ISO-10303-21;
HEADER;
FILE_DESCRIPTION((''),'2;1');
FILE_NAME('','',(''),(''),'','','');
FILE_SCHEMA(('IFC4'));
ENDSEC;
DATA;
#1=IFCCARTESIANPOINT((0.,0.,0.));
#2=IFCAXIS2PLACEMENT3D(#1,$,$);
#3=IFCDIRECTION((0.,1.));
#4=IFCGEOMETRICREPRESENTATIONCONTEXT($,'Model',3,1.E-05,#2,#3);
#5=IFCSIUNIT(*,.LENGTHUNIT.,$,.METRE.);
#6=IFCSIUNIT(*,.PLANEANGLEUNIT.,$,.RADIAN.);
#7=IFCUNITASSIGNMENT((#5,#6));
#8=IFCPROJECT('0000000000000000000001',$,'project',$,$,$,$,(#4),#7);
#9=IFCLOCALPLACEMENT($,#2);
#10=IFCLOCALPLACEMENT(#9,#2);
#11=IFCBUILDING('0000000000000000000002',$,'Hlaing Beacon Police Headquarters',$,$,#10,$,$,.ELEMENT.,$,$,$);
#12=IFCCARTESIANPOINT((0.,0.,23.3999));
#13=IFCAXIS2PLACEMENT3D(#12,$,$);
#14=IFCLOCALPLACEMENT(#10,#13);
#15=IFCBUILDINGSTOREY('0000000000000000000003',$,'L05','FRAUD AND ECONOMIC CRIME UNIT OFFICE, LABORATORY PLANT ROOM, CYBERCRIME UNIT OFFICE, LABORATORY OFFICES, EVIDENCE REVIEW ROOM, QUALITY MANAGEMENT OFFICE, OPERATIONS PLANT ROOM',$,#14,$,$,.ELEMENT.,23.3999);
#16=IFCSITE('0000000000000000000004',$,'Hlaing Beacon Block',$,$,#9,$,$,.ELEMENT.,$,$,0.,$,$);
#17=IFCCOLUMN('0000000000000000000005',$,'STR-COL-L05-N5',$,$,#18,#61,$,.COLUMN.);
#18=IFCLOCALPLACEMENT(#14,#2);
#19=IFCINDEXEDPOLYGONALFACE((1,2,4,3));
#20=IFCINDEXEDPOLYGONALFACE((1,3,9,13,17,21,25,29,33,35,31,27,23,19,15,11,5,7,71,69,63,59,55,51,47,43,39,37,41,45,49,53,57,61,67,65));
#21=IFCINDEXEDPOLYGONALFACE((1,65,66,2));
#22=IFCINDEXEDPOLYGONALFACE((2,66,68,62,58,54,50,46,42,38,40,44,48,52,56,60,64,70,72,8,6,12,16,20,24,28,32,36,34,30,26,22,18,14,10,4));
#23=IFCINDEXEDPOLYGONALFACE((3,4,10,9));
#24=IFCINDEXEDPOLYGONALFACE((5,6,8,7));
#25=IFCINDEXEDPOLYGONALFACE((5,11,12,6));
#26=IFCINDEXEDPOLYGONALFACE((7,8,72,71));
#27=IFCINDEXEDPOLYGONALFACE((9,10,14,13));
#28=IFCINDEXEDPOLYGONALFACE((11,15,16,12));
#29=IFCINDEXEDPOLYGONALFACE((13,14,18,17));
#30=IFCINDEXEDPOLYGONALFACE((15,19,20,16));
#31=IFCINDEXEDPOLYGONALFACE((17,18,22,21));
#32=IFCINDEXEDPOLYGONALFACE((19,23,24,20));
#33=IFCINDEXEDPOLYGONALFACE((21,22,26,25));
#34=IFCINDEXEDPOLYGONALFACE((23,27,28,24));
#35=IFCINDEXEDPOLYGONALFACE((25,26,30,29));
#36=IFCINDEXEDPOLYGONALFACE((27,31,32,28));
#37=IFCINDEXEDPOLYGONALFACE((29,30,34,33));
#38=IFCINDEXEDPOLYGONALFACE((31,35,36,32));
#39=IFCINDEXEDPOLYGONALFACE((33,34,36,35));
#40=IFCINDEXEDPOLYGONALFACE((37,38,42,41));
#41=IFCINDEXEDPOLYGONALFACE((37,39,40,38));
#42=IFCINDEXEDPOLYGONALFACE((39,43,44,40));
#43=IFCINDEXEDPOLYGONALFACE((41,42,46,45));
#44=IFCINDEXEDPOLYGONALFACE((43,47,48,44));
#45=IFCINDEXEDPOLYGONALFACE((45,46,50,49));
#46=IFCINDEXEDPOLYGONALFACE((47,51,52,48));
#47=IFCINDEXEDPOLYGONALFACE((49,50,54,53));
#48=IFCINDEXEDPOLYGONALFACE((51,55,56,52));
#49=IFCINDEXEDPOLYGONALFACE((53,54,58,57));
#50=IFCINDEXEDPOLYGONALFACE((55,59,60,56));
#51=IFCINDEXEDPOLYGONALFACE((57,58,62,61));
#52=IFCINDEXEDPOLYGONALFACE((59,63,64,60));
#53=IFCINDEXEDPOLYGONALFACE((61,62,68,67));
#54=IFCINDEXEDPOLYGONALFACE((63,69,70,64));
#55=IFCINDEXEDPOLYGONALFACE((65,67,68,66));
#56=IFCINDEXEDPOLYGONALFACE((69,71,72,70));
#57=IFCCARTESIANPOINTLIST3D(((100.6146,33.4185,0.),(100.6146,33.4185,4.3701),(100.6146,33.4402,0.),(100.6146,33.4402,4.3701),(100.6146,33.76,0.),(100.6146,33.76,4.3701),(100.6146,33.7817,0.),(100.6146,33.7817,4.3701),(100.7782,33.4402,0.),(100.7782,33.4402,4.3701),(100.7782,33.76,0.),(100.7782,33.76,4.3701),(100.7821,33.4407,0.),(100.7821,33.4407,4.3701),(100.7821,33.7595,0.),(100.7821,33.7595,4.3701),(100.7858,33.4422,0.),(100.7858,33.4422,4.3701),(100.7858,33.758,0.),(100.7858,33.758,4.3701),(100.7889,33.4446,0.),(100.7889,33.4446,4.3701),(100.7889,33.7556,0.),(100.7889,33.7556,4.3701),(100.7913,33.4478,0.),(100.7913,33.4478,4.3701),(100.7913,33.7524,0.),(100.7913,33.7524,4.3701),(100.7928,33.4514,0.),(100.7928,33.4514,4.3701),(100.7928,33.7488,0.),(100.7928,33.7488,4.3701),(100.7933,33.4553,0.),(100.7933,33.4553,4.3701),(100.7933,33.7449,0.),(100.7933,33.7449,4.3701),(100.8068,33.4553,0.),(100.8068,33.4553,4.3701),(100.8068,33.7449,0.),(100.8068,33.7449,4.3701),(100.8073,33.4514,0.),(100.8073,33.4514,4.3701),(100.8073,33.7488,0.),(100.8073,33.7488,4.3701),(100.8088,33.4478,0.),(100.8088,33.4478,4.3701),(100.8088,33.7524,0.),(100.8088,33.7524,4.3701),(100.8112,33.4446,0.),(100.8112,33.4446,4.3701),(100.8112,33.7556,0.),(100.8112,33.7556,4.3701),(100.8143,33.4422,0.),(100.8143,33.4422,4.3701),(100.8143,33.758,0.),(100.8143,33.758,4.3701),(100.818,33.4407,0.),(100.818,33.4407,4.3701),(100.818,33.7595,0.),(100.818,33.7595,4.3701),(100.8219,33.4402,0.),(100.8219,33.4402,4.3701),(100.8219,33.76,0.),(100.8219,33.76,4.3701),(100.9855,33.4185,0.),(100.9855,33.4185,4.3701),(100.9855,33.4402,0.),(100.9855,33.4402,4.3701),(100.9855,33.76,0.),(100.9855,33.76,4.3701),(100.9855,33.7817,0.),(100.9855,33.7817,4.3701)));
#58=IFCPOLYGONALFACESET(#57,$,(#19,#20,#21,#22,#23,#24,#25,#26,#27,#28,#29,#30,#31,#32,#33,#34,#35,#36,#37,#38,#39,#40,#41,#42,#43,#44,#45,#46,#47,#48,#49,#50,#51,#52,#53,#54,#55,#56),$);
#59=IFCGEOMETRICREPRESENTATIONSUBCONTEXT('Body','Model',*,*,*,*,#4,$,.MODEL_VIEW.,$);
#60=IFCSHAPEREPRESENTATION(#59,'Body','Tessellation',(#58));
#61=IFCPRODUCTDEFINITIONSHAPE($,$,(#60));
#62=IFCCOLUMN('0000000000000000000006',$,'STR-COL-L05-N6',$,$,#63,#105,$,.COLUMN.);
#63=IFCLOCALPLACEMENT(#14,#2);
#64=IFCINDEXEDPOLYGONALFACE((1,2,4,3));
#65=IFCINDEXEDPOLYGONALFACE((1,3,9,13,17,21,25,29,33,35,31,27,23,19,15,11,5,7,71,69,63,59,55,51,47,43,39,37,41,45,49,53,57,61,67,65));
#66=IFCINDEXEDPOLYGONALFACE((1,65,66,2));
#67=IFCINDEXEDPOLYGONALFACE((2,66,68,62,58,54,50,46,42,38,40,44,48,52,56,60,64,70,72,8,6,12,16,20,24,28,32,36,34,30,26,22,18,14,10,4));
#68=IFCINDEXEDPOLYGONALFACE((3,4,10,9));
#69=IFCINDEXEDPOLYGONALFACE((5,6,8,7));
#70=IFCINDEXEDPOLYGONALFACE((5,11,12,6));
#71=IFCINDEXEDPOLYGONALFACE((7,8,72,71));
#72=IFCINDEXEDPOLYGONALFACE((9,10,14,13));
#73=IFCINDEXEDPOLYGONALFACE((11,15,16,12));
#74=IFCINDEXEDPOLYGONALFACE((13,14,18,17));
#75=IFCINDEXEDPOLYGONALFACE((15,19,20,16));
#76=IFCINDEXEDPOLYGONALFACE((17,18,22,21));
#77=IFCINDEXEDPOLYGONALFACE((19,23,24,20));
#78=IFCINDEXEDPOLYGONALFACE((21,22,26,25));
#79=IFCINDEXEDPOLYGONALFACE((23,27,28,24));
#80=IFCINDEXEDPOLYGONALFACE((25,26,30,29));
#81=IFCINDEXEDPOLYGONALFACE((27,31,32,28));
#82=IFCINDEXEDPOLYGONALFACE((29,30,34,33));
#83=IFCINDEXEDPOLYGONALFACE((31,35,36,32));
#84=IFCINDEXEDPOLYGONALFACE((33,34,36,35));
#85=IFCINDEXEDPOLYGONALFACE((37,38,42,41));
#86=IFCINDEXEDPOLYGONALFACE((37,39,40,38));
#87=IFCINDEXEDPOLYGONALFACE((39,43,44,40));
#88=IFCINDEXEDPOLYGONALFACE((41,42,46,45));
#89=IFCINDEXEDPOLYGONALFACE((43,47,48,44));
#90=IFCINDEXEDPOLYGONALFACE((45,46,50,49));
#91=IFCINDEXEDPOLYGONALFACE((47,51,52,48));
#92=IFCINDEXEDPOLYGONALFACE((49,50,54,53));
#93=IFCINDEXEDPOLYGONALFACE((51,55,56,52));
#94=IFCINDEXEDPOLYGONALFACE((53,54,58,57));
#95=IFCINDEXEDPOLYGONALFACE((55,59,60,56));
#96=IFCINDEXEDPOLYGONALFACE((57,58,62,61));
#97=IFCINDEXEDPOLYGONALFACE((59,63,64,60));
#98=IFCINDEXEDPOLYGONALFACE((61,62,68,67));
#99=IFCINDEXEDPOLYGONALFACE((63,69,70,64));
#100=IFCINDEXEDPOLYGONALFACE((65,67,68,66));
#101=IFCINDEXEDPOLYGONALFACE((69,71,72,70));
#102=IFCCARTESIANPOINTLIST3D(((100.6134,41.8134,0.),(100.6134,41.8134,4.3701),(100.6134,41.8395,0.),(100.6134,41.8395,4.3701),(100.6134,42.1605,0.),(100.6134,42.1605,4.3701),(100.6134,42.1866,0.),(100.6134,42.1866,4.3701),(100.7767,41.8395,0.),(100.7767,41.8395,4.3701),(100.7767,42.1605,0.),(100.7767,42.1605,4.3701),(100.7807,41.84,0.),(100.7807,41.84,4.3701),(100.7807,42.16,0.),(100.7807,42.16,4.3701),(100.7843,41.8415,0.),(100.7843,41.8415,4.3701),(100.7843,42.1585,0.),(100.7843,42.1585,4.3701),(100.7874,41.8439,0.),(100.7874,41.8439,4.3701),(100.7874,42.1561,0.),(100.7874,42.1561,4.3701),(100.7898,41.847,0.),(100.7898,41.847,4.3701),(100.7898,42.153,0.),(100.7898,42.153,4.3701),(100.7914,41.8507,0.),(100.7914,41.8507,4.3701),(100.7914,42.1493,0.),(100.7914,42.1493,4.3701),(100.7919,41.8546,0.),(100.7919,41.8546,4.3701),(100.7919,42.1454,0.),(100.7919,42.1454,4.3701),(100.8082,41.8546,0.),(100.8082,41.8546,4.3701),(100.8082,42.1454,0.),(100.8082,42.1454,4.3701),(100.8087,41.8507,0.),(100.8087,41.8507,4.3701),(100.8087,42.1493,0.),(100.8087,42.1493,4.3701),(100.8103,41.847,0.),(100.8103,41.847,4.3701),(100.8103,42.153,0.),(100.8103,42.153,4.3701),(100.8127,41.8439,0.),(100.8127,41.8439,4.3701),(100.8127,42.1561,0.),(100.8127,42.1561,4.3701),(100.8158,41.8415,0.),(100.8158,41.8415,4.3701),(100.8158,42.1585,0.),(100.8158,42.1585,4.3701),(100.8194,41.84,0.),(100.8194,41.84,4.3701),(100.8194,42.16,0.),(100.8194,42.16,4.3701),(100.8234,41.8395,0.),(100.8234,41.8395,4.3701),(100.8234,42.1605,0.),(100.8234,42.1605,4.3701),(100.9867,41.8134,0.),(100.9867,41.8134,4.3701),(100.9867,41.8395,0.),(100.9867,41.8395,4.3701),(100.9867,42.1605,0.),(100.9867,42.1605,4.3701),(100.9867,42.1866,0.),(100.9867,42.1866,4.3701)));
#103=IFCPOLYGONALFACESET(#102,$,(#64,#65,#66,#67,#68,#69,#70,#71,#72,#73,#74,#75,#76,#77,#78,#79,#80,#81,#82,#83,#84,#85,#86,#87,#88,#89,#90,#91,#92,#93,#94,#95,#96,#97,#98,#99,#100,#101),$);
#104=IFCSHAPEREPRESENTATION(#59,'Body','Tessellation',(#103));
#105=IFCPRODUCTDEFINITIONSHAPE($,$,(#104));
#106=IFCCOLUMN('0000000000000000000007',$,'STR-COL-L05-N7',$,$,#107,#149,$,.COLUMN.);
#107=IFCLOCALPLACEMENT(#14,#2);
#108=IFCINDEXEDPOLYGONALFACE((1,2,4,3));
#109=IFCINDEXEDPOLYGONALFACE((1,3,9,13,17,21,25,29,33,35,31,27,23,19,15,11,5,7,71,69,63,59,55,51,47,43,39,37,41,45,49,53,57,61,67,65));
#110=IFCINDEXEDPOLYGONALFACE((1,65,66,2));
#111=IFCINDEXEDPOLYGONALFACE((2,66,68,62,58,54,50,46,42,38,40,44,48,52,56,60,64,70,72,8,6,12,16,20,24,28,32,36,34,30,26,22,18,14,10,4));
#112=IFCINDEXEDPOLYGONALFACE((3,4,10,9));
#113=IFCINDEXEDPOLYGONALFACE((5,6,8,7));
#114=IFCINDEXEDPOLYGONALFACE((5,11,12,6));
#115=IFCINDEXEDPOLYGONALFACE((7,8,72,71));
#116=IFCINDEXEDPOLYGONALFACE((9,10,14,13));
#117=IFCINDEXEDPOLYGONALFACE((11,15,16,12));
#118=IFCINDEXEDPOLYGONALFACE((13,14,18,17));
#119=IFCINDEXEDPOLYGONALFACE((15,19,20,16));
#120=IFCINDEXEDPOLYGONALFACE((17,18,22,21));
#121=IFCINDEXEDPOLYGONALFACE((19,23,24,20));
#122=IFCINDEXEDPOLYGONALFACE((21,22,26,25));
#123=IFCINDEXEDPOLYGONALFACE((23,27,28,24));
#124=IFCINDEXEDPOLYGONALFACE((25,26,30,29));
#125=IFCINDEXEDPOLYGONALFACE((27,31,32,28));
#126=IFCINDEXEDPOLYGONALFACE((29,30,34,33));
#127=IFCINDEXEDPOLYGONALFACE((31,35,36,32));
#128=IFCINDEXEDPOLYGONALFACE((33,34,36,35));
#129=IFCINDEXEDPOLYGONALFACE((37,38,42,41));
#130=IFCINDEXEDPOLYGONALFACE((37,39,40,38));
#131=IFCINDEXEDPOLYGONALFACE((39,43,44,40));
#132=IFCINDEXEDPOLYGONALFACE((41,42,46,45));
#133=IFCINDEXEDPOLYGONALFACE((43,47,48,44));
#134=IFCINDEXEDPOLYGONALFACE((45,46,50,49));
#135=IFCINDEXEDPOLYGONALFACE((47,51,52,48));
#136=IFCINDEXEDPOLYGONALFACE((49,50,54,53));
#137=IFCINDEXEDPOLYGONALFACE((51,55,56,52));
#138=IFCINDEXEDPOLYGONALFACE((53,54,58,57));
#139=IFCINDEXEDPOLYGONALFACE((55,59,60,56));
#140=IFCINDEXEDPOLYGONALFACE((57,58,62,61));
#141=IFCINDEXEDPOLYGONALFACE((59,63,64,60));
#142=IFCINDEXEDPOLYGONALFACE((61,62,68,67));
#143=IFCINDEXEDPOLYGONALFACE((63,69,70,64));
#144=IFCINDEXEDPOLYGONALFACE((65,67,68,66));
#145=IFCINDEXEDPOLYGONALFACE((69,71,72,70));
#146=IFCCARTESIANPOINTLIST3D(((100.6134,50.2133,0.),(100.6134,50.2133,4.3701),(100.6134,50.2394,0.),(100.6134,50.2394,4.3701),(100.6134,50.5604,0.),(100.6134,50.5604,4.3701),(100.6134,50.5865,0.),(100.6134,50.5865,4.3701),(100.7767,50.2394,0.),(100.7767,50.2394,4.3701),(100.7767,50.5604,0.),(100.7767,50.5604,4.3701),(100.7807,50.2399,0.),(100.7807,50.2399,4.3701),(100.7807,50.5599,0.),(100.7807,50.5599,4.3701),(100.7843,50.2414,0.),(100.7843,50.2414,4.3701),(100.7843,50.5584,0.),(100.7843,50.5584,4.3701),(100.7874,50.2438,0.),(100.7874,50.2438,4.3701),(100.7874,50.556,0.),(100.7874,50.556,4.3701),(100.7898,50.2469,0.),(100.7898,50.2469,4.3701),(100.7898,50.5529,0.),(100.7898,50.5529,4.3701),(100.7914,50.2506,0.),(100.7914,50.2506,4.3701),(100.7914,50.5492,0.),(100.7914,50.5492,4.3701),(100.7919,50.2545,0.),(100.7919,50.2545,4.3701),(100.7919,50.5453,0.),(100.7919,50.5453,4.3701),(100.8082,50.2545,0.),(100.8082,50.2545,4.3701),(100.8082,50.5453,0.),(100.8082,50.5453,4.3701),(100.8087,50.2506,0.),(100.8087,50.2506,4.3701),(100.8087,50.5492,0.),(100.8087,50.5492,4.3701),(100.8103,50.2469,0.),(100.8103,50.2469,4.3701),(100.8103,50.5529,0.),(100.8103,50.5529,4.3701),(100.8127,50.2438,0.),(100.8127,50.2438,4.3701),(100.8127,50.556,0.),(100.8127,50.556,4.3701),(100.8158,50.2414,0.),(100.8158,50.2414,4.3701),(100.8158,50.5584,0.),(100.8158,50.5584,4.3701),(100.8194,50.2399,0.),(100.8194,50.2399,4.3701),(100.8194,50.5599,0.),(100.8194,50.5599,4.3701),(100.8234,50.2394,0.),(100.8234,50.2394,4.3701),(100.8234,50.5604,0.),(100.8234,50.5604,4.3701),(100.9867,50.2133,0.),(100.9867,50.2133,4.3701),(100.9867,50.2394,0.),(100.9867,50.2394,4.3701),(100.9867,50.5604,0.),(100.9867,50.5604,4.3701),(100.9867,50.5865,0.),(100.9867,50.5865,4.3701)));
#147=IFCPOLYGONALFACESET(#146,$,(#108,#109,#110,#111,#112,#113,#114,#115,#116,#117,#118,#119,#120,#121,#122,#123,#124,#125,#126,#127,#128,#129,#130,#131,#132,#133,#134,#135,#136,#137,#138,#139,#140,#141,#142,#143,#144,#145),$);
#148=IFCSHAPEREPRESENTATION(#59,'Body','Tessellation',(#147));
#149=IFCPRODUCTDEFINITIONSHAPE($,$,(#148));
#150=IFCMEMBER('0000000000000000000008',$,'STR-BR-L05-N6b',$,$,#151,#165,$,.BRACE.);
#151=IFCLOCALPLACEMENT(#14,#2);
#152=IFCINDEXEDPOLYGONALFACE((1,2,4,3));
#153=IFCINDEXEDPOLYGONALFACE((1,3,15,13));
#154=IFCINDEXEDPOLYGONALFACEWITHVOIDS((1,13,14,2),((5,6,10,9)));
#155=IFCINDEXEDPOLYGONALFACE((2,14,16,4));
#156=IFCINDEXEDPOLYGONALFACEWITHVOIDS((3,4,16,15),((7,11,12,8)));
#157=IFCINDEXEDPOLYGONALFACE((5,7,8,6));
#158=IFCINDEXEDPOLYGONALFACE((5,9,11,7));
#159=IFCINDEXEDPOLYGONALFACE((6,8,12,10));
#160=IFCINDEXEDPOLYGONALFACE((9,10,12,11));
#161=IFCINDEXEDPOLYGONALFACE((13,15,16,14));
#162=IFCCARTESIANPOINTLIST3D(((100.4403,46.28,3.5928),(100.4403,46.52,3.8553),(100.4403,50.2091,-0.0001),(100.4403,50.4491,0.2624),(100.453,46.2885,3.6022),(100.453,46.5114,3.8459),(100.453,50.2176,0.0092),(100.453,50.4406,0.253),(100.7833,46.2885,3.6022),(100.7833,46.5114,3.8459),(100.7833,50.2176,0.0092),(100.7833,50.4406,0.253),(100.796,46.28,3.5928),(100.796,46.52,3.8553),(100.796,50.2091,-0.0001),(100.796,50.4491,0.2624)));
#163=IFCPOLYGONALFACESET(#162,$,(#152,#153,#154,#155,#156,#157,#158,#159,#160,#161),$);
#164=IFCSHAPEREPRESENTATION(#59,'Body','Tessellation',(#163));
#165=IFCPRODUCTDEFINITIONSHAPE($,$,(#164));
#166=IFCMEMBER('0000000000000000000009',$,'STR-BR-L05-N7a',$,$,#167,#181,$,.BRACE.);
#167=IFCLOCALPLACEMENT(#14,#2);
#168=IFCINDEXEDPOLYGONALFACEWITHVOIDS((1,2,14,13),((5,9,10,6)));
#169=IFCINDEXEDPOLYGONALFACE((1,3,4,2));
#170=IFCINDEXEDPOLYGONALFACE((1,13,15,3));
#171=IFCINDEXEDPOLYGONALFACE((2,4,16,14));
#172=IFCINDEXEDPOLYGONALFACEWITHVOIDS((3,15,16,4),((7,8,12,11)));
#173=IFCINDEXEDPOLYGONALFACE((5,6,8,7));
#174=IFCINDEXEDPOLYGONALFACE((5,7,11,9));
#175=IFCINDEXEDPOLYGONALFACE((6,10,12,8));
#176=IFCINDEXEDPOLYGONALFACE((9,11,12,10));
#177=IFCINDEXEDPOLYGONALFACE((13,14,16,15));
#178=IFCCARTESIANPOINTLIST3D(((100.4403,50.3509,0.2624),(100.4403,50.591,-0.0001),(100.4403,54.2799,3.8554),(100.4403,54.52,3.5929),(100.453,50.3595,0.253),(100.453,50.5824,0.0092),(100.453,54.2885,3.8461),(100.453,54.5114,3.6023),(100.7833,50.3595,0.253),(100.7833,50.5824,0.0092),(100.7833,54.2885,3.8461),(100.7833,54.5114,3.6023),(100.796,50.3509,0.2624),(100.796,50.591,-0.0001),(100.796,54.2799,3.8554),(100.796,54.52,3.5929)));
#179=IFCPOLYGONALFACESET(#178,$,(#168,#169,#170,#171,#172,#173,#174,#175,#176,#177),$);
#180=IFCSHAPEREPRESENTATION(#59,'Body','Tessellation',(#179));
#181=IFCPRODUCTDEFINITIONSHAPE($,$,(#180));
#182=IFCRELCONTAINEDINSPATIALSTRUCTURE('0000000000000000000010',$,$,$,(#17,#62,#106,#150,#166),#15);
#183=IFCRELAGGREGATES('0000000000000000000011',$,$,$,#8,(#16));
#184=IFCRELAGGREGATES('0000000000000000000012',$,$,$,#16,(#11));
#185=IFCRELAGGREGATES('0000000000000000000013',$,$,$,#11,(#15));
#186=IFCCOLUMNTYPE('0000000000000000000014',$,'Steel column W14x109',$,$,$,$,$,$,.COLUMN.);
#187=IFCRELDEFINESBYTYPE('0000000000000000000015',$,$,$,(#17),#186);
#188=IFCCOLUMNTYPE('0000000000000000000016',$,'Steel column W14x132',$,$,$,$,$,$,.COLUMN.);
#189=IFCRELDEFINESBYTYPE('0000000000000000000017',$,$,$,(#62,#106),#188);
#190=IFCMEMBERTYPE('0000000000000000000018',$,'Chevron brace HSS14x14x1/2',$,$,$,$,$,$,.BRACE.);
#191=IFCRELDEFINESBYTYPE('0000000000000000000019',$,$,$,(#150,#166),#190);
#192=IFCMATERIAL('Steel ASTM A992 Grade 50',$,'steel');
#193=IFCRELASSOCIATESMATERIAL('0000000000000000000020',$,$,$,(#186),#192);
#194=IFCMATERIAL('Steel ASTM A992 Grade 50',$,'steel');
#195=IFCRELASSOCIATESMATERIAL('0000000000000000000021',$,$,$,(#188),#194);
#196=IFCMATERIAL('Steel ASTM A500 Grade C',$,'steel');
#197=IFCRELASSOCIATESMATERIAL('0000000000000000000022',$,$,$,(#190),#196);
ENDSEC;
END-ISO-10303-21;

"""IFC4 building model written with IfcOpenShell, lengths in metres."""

from ifc_helpers import new_model, si_unit, direction, frame, origin, origin_2d, place, context, subcontext, project, spatial, hollow_rectangle, i_section, extrude, material, material_profile, profile_set, type_object, element, save


model = new_model("IFC4")

# Units and contexts
model_context = context("Model", 3, precision=1e-05, world=origin(), true_north=direction((0.0, 1.0)))
body_context = subcontext(model_context, "Body", "Model", "MODEL_VIEW")
ifc_project = project(units=[si_unit("LENGTHUNIT", "METRE"), si_unit("PLANEANGLEUNIT", "RADIAN")], contexts=[model_context])

# Site, building, storey
site_placement = place(None, origin())
site = spatial("IfcSite", under=ifc_project, at=site_placement, Name="Hlaing Beacon Block", CompositionType="ELEMENT", RefElevation=0.0)
building_placement = place(site_placement, origin())
building = spatial("IfcBuilding", under=site, at=building_placement, Name="Hlaing Beacon Police Headquarters", CompositionType="ELEMENT")
storey_placement = place(building_placement, frame((0.0, 0.0, 23.3999)))
storey = spatial("IfcBuildingStorey", under=building, at=storey_placement, Name="L05", Description="FRAUD AND ECONOMIC CRIME UNIT OFFICE, LABORATORY PLANT ROOM, CYBERCRIME UNIT OFFICE, LABORATORY OFFICES, EVIDENCE REVIEW ROOM, QUALITY MANAGEMENT OFFICE, OPERATIONS PLANT ROOM", CompositionType="ELEMENT", Elevation=23.3999)

# Columns
ifc_material_1 = material(Name="Steel ASTM A992 Grade 50", Category="steel")
ifc_material_profile_1 = material_profile(ifc_material_1, i_section(OverallWidth=0.3708, OverallDepth=0.3633, WebThickness=0.0134, FlangeThickness=0.0217, FilletRadius=0.0151, at=origin_2d()), Name="W14x109")
ifc_profile_set_1 = profile_set([ifc_material_profile_1], Name="Steel ASTM A992 Grade 50")
column_type_1 = type_object("IfcColumnType", Name="Steel column W14x109", PredefinedType="COLUMN", material=ifc_profile_set_1)
column_placement = place(storey_placement, frame((100.8, 33.6001, 0.0), z_axis=(0.0, 0.0, 1.0), x_axis=(1.0, 0.0, 0.0)))
element("IfcColumn", 1, at=column_placement, inside=storey, type_object=column_type_1, Name="STR-COL-L05-N5", PredefinedType="COLUMN", context=body_context, shape_type="SweptSolid", body=[
    extrude(i_section(OverallWidth=0.3708, OverallDepth=0.3633, WebThickness=0.0134, FlangeThickness=0.0217, FilletRadius=0.0151, at=origin_2d()), origin(), (0.0, 0.0, 1.0), 4.3701),
])
ifc_material_2 = material(Name="Steel ASTM A992 Grade 50", Category="steel")
ifc_material_profile_2 = material_profile(ifc_material_2, i_section(OverallWidth=0.3733, OverallDepth=0.3733, WebThickness=0.0164, FlangeThickness=0.0261, FilletRadius=0.0151, at=origin_2d()), Name="W14x132")
ifc_profile_set_2 = profile_set([ifc_material_profile_2], Name="Steel ASTM A992 Grade 50")
column_type_2 = type_object("IfcColumnType", Name="Steel column W14x132", PredefinedType="COLUMN", material=ifc_profile_set_2)
for number, where, z_axis, x_axis, name in (
    (2, (100.8, 42.0, 0.0), (0.0, 0.0, 1.0), (1.0, 0.0, 0.0), "STR-COL-L05-N6"),
    (3, (100.8, 50.3999, 0.0), (0.0, 0.0, 1.0), (1.0, 0.0, 0.0), "STR-COL-L05-N7"),
):
    element("IfcColumn", number, at=place(storey_placement, frame(where, z_axis=z_axis, x_axis=x_axis)), inside=storey, type_object=column_type_2, Name=name, PredefinedType="COLUMN", context=body_context, shape_type="SweptSolid", body=[
        extrude(i_section(OverallWidth=0.3733, OverallDepth=0.3733, WebThickness=0.0164, FlangeThickness=0.0261, FilletRadius=0.0151, at=origin_2d()), origin(), (0.0, 0.0, 1.0), 4.3701),
    ])

# Members
ifc_material_3 = material(Name="Steel ASTM A500 Grade C", Category="steel")
ifc_material_profile_3 = material_profile(ifc_material_3, hollow_rectangle(XDim=0.3557, YDim=0.3557, WallThickness=0.0127, at=origin_2d()), Name="HSS14x14x1/2")
ifc_profile_set_3 = profile_set([ifc_material_profile_3], Name="Steel ASTM A500 Grade C")
member_type = type_object("IfcMemberType", Name="Chevron brace HSS14x14x1/2", PredefinedType="BRACE", material=ifc_profile_set_3)
for number, where, z_axis, x_axis, name in (
    (4, (100.6182, 50.3291, 0.1311), (0.0, -0.737972, 0.674831), (1.0, 0.0, 0.0), "STR-BR-L05-N6b"),
    (5, (100.6182, 50.4709, 0.1311), (0.0, 0.737951, 0.674854), (-1.0, 0.0, 0.0), "STR-BR-L05-N7a"),
):
    element("IfcMember", number, at=place(storey_placement, frame(where, z_axis=z_axis, x_axis=x_axis)), inside=storey, type_object=member_type, Name=name, PredefinedType="BRACE", context=body_context, shape_type="SweptSolid", body=[
        extrude(hollow_rectangle(XDim=0.3557, YDim=0.3557, WallThickness=0.0127, at=origin_2d()), origin(), (0.0, 0.0, 1.0), 5.3242),
    ])

save(model, "model.ifc")
